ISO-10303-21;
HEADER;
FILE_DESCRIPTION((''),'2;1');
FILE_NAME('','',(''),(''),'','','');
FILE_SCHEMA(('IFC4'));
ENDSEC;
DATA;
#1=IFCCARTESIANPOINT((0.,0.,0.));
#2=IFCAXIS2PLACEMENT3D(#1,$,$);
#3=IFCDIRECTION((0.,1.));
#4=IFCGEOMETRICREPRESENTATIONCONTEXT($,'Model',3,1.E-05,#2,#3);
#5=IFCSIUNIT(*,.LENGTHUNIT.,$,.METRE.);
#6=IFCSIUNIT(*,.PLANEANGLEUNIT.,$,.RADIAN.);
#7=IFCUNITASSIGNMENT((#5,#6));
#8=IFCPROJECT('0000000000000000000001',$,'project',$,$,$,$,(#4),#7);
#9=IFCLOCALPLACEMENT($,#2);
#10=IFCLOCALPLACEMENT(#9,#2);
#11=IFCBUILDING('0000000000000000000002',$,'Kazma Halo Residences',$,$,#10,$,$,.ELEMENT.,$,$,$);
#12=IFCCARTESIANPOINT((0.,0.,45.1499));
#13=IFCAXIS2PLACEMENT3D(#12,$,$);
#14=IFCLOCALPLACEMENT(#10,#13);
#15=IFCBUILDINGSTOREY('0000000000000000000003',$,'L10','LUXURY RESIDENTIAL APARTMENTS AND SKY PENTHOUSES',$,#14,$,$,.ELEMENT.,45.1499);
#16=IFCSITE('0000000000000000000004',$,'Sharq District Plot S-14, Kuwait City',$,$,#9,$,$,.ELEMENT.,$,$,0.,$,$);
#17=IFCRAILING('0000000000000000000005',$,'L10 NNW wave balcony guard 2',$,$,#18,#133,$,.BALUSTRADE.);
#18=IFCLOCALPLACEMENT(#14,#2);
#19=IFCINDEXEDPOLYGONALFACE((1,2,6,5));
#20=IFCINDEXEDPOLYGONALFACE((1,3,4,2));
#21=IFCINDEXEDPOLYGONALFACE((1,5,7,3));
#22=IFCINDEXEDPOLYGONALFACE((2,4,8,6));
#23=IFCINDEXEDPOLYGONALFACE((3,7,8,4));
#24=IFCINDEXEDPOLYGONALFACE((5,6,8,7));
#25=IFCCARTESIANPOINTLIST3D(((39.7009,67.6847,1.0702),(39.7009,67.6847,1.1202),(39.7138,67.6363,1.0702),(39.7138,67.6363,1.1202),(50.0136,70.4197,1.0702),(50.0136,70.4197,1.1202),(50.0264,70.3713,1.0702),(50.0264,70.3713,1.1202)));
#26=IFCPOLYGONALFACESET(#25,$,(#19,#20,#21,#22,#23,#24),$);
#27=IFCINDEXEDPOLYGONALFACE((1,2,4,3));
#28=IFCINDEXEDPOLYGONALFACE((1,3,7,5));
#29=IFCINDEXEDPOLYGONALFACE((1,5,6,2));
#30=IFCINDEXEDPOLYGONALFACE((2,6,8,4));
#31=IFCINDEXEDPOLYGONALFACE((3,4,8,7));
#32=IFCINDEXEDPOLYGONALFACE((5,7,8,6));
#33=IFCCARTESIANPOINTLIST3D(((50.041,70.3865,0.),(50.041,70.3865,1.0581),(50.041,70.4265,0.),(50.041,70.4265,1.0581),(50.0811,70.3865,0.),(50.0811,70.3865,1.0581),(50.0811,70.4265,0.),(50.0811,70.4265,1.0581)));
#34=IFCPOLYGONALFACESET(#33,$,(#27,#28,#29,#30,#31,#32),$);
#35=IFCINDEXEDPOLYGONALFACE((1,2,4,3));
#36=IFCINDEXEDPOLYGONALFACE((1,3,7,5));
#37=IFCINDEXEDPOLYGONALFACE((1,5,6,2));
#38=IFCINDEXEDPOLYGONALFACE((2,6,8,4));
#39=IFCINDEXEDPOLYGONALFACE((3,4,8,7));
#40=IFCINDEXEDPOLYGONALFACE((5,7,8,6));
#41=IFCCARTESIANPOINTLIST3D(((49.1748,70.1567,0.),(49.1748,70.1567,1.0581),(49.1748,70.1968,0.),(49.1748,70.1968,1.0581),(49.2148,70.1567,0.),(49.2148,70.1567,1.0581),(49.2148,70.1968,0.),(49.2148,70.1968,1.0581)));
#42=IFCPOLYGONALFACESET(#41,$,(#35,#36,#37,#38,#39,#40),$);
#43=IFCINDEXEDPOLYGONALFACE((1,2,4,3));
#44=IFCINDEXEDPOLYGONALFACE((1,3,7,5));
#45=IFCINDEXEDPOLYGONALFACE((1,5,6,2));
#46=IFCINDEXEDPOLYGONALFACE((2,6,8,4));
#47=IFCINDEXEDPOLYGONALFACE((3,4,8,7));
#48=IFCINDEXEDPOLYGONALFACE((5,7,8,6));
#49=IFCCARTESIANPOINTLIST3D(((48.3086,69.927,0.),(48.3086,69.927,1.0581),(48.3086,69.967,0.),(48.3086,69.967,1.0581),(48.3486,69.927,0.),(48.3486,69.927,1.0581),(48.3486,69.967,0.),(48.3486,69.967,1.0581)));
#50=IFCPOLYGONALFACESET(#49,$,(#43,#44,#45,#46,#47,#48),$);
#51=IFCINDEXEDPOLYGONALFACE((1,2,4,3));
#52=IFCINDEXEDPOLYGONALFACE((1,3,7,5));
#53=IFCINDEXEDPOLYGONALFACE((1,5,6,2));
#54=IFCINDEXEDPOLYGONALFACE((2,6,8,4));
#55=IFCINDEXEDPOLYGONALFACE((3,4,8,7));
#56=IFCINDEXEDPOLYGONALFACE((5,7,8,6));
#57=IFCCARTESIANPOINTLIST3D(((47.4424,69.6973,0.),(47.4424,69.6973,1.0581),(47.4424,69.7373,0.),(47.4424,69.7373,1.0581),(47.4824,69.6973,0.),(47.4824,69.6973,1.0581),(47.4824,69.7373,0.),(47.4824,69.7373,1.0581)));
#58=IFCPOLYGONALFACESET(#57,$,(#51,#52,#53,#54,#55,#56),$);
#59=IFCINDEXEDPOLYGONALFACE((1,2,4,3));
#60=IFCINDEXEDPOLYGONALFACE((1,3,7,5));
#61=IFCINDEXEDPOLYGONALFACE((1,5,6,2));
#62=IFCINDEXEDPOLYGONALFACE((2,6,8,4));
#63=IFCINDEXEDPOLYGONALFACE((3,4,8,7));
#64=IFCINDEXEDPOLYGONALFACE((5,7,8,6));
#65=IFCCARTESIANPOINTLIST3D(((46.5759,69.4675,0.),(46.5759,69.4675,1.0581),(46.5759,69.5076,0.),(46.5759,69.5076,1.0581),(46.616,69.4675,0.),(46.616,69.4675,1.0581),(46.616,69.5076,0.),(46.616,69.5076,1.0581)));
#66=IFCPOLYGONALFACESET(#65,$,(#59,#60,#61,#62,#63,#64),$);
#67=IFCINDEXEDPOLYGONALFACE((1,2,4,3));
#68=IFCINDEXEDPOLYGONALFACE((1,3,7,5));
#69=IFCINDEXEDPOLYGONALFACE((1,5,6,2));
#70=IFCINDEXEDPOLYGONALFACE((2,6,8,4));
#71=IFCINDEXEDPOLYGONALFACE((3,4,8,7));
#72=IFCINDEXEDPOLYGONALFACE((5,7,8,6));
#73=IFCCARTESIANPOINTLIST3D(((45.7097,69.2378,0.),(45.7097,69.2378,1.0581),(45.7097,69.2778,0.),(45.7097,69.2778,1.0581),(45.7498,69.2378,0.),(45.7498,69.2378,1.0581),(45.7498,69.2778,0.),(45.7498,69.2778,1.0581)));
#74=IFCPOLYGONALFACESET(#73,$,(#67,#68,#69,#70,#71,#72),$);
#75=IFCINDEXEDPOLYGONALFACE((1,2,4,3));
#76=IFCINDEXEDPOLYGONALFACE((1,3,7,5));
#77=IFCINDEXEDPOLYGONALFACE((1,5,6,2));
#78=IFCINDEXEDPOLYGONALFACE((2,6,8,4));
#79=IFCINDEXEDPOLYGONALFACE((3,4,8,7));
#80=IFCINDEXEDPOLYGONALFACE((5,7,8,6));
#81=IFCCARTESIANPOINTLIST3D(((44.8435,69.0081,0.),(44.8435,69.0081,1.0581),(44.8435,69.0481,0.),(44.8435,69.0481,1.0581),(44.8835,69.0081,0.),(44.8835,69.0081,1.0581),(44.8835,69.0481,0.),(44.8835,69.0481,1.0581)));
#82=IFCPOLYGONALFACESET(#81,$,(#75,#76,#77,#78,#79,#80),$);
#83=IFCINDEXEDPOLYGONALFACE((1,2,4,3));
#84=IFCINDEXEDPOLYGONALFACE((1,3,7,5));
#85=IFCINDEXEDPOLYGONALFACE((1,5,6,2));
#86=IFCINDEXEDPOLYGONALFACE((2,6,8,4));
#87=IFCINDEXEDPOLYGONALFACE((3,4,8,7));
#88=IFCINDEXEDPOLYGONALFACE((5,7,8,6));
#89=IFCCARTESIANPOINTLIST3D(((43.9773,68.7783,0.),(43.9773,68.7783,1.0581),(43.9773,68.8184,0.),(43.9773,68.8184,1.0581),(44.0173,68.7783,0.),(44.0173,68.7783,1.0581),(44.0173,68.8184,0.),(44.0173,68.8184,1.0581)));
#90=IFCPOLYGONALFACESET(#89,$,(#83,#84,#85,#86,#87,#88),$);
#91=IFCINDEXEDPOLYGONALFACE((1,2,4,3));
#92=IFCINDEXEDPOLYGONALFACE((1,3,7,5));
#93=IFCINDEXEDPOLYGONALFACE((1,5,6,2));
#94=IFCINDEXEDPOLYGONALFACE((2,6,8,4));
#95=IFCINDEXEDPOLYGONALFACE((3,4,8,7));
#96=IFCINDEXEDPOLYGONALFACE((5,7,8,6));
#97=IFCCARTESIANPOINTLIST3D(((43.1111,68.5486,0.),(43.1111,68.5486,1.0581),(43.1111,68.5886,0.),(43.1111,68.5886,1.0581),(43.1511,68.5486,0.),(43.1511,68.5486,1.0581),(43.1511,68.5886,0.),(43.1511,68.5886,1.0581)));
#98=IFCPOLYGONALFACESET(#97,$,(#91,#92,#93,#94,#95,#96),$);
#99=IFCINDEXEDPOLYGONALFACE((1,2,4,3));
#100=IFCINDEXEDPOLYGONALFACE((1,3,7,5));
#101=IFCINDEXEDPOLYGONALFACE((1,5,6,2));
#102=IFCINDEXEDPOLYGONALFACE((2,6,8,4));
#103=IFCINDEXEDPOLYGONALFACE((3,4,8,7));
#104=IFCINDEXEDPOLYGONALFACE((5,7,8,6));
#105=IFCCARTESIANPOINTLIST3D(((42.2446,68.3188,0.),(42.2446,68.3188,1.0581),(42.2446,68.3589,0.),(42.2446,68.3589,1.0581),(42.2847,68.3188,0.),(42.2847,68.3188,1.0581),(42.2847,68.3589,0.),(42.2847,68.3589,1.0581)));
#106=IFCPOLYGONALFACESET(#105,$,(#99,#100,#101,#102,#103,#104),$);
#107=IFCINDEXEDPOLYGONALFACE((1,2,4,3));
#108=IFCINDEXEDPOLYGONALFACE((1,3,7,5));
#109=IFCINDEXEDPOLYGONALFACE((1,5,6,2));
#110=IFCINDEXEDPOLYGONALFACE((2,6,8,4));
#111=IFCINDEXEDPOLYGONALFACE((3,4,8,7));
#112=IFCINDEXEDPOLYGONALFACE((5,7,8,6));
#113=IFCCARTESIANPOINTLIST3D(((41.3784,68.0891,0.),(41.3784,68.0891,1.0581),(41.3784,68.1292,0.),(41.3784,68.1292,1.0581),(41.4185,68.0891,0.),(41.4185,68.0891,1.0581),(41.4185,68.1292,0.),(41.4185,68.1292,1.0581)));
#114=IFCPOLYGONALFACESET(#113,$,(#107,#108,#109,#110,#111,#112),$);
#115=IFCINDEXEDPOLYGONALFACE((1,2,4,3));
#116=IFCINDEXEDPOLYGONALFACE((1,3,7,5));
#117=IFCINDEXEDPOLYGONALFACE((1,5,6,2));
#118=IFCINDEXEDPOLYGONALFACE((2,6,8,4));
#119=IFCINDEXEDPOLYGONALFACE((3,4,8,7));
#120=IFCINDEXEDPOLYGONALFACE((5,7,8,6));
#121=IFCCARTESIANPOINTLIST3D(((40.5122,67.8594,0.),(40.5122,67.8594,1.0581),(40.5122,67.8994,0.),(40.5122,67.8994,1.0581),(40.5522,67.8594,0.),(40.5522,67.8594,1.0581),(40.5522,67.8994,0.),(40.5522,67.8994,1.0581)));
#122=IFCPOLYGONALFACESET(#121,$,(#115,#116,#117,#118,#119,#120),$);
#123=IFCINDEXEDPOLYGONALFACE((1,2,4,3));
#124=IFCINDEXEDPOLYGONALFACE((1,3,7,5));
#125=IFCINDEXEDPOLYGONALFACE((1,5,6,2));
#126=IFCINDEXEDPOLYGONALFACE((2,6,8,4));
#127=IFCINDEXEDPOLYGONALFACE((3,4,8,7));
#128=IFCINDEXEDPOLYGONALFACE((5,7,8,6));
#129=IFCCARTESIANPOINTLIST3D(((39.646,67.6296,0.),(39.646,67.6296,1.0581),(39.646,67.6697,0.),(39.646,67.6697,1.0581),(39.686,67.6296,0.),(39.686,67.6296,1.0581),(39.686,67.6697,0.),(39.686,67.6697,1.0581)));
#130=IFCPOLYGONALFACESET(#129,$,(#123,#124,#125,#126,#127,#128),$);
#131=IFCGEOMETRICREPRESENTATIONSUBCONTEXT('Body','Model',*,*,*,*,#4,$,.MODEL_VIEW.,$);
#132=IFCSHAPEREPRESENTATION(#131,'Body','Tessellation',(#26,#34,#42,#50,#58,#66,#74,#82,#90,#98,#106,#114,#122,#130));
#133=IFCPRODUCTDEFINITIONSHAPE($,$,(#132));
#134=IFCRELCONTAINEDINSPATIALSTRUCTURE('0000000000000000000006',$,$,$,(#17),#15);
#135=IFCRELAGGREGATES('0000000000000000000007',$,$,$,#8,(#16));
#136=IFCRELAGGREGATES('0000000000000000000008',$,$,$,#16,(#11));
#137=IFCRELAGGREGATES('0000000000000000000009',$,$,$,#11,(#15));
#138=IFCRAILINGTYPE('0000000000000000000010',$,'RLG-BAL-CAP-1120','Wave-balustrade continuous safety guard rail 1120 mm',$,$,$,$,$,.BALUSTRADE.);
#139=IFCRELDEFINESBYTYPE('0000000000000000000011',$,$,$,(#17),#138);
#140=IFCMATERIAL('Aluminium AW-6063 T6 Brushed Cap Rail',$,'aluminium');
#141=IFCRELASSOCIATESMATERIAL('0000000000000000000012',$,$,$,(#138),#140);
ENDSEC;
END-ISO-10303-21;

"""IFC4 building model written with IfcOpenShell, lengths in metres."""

from ifc_helpers import new_model, si_unit, direction, frame, origin, origin_2d, place, context, subcontext, project, spatial, rectangle, extrude, material, type_object, element, save


model = new_model("IFC4")

# Units and contexts
model_context = context("Model", 3, precision=1e-05, world=origin(), true_north=direction((0.0, 1.0)))
body_context = subcontext(model_context, "Body", "Model", "MODEL_VIEW")
ifc_project = project(units=[si_unit("LENGTHUNIT", "METRE"), si_unit("PLANEANGLEUNIT", "RADIAN")], contexts=[model_context])

# Site, building, storey
site_placement = place(None, origin())
site = spatial("IfcSite", under=ifc_project, at=site_placement, Name="Sharq District Plot S-14, Kuwait City", CompositionType="ELEMENT", RefElevation=0.0)
building_placement = place(site_placement, origin())
building = spatial("IfcBuilding", under=site, at=building_placement, Name="Kazma Halo Residences", CompositionType="ELEMENT")
storey_placement = place(building_placement, frame((0.0, 0.0, 45.1499)))
storey = spatial("IfcBuildingStorey", under=building, at=storey_placement, Name="L10", Description="LUXURY RESIDENTIAL APARTMENTS AND SKY PENTHOUSES", CompositionType="ELEMENT", Elevation=45.1499)

# Railing
ifc_material_1 = material(Name="Aluminium AW-6063 T6 Brushed Cap Rail", Category="aluminium")
railing_type = type_object("IfcRailingType", Name="RLG-BAL-CAP-1120", Description="Wave-balustrade continuous safety guard rail 1120 mm", PredefinedType="BALUSTRADE", material=ifc_material_1)
railing_1_placement = place(storey_placement, frame((50.061, 70.4065, 0.0)))
element("IfcRailing", 1, at=railing_1_placement, inside=storey, type_object=railing_type, Name="L10 NNW wave balcony guard 2", PredefinedType="BALUSTRADE", context=body_context, shape_type="SweptSolid", body=[
    extrude(rectangle(XDim=0.05, YDim=0.05, at=origin_2d()), frame((-0.041, -0.011, 1.0952), z_axis=(-0.966585, -0.256346, 0.0), x_axis=(0.256346, -0.966585, 0.0)), (0.0, 0.0, 1.0), 10.6692),
    extrude(rectangle(XDim=0.04, YDim=0.04, at=origin_2d()), origin(), (0.0, 0.0, 1.0), 1.0581),
    extrude(rectangle(XDim=0.04, YDim=0.04, at=origin_2d()), frame((-0.8662, -0.2297, 0.0)), (0.0, 0.0, 1.0), 1.0581),
    extrude(rectangle(XDim=0.04, YDim=0.04, at=origin_2d()), frame((-1.7324, -0.4595, 0.0)), (0.0, 0.0, 1.0), 1.0581),
    extrude(rectangle(XDim=0.04, YDim=0.04, at=origin_2d()), frame((-2.5986, -0.6892, 0.0)), (0.0, 0.0, 1.0), 1.0581),
    extrude(rectangle(XDim=0.04, YDim=0.04, at=origin_2d()), frame((-3.4651, -0.9189, 0.0)), (0.0, 0.0, 1.0), 1.0581),
    extrude(rectangle(XDim=0.04, YDim=0.04, at=origin_2d()), frame((-4.3313, -1.1487, 0.0)), (0.0, 0.0, 1.0), 1.0581),
    extrude(rectangle(XDim=0.04, YDim=0.04, at=origin_2d()), frame((-5.1975, -1.3784, 0.0)), (0.0, 0.0, 1.0), 1.0581),
    extrude(rectangle(XDim=0.04, YDim=0.04, at=origin_2d()), frame((-6.0637, -1.6082, 0.0)), (0.0, 0.0, 1.0), 1.0581),
    extrude(rectangle(XDim=0.04, YDim=0.04, at=origin_2d()), frame((-6.9299, -1.8379, 0.0)), (0.0, 0.0, 1.0), 1.0581),
    extrude(rectangle(XDim=0.04, YDim=0.04, at=origin_2d()), frame((-7.7964, -2.0676, 0.0)), (0.0, 0.0, 1.0), 1.0581),
    extrude(rectangle(XDim=0.04, YDim=0.04, at=origin_2d()), frame((-8.6626, -2.2974, 0.0)), (0.0, 0.0, 1.0), 1.0581),
    extrude(rectangle(XDim=0.04, YDim=0.04, at=origin_2d()), frame((-9.5288, -2.5271, 0.0)), (0.0, 0.0, 1.0), 1.0581),
    extrude(rectangle(XDim=0.04, YDim=0.04, at=origin_2d()), frame((-10.395, -2.7568, 0.0)), (0.0, 0.0, 1.0), 1.0581),
])

save(model, "model.ifc")
